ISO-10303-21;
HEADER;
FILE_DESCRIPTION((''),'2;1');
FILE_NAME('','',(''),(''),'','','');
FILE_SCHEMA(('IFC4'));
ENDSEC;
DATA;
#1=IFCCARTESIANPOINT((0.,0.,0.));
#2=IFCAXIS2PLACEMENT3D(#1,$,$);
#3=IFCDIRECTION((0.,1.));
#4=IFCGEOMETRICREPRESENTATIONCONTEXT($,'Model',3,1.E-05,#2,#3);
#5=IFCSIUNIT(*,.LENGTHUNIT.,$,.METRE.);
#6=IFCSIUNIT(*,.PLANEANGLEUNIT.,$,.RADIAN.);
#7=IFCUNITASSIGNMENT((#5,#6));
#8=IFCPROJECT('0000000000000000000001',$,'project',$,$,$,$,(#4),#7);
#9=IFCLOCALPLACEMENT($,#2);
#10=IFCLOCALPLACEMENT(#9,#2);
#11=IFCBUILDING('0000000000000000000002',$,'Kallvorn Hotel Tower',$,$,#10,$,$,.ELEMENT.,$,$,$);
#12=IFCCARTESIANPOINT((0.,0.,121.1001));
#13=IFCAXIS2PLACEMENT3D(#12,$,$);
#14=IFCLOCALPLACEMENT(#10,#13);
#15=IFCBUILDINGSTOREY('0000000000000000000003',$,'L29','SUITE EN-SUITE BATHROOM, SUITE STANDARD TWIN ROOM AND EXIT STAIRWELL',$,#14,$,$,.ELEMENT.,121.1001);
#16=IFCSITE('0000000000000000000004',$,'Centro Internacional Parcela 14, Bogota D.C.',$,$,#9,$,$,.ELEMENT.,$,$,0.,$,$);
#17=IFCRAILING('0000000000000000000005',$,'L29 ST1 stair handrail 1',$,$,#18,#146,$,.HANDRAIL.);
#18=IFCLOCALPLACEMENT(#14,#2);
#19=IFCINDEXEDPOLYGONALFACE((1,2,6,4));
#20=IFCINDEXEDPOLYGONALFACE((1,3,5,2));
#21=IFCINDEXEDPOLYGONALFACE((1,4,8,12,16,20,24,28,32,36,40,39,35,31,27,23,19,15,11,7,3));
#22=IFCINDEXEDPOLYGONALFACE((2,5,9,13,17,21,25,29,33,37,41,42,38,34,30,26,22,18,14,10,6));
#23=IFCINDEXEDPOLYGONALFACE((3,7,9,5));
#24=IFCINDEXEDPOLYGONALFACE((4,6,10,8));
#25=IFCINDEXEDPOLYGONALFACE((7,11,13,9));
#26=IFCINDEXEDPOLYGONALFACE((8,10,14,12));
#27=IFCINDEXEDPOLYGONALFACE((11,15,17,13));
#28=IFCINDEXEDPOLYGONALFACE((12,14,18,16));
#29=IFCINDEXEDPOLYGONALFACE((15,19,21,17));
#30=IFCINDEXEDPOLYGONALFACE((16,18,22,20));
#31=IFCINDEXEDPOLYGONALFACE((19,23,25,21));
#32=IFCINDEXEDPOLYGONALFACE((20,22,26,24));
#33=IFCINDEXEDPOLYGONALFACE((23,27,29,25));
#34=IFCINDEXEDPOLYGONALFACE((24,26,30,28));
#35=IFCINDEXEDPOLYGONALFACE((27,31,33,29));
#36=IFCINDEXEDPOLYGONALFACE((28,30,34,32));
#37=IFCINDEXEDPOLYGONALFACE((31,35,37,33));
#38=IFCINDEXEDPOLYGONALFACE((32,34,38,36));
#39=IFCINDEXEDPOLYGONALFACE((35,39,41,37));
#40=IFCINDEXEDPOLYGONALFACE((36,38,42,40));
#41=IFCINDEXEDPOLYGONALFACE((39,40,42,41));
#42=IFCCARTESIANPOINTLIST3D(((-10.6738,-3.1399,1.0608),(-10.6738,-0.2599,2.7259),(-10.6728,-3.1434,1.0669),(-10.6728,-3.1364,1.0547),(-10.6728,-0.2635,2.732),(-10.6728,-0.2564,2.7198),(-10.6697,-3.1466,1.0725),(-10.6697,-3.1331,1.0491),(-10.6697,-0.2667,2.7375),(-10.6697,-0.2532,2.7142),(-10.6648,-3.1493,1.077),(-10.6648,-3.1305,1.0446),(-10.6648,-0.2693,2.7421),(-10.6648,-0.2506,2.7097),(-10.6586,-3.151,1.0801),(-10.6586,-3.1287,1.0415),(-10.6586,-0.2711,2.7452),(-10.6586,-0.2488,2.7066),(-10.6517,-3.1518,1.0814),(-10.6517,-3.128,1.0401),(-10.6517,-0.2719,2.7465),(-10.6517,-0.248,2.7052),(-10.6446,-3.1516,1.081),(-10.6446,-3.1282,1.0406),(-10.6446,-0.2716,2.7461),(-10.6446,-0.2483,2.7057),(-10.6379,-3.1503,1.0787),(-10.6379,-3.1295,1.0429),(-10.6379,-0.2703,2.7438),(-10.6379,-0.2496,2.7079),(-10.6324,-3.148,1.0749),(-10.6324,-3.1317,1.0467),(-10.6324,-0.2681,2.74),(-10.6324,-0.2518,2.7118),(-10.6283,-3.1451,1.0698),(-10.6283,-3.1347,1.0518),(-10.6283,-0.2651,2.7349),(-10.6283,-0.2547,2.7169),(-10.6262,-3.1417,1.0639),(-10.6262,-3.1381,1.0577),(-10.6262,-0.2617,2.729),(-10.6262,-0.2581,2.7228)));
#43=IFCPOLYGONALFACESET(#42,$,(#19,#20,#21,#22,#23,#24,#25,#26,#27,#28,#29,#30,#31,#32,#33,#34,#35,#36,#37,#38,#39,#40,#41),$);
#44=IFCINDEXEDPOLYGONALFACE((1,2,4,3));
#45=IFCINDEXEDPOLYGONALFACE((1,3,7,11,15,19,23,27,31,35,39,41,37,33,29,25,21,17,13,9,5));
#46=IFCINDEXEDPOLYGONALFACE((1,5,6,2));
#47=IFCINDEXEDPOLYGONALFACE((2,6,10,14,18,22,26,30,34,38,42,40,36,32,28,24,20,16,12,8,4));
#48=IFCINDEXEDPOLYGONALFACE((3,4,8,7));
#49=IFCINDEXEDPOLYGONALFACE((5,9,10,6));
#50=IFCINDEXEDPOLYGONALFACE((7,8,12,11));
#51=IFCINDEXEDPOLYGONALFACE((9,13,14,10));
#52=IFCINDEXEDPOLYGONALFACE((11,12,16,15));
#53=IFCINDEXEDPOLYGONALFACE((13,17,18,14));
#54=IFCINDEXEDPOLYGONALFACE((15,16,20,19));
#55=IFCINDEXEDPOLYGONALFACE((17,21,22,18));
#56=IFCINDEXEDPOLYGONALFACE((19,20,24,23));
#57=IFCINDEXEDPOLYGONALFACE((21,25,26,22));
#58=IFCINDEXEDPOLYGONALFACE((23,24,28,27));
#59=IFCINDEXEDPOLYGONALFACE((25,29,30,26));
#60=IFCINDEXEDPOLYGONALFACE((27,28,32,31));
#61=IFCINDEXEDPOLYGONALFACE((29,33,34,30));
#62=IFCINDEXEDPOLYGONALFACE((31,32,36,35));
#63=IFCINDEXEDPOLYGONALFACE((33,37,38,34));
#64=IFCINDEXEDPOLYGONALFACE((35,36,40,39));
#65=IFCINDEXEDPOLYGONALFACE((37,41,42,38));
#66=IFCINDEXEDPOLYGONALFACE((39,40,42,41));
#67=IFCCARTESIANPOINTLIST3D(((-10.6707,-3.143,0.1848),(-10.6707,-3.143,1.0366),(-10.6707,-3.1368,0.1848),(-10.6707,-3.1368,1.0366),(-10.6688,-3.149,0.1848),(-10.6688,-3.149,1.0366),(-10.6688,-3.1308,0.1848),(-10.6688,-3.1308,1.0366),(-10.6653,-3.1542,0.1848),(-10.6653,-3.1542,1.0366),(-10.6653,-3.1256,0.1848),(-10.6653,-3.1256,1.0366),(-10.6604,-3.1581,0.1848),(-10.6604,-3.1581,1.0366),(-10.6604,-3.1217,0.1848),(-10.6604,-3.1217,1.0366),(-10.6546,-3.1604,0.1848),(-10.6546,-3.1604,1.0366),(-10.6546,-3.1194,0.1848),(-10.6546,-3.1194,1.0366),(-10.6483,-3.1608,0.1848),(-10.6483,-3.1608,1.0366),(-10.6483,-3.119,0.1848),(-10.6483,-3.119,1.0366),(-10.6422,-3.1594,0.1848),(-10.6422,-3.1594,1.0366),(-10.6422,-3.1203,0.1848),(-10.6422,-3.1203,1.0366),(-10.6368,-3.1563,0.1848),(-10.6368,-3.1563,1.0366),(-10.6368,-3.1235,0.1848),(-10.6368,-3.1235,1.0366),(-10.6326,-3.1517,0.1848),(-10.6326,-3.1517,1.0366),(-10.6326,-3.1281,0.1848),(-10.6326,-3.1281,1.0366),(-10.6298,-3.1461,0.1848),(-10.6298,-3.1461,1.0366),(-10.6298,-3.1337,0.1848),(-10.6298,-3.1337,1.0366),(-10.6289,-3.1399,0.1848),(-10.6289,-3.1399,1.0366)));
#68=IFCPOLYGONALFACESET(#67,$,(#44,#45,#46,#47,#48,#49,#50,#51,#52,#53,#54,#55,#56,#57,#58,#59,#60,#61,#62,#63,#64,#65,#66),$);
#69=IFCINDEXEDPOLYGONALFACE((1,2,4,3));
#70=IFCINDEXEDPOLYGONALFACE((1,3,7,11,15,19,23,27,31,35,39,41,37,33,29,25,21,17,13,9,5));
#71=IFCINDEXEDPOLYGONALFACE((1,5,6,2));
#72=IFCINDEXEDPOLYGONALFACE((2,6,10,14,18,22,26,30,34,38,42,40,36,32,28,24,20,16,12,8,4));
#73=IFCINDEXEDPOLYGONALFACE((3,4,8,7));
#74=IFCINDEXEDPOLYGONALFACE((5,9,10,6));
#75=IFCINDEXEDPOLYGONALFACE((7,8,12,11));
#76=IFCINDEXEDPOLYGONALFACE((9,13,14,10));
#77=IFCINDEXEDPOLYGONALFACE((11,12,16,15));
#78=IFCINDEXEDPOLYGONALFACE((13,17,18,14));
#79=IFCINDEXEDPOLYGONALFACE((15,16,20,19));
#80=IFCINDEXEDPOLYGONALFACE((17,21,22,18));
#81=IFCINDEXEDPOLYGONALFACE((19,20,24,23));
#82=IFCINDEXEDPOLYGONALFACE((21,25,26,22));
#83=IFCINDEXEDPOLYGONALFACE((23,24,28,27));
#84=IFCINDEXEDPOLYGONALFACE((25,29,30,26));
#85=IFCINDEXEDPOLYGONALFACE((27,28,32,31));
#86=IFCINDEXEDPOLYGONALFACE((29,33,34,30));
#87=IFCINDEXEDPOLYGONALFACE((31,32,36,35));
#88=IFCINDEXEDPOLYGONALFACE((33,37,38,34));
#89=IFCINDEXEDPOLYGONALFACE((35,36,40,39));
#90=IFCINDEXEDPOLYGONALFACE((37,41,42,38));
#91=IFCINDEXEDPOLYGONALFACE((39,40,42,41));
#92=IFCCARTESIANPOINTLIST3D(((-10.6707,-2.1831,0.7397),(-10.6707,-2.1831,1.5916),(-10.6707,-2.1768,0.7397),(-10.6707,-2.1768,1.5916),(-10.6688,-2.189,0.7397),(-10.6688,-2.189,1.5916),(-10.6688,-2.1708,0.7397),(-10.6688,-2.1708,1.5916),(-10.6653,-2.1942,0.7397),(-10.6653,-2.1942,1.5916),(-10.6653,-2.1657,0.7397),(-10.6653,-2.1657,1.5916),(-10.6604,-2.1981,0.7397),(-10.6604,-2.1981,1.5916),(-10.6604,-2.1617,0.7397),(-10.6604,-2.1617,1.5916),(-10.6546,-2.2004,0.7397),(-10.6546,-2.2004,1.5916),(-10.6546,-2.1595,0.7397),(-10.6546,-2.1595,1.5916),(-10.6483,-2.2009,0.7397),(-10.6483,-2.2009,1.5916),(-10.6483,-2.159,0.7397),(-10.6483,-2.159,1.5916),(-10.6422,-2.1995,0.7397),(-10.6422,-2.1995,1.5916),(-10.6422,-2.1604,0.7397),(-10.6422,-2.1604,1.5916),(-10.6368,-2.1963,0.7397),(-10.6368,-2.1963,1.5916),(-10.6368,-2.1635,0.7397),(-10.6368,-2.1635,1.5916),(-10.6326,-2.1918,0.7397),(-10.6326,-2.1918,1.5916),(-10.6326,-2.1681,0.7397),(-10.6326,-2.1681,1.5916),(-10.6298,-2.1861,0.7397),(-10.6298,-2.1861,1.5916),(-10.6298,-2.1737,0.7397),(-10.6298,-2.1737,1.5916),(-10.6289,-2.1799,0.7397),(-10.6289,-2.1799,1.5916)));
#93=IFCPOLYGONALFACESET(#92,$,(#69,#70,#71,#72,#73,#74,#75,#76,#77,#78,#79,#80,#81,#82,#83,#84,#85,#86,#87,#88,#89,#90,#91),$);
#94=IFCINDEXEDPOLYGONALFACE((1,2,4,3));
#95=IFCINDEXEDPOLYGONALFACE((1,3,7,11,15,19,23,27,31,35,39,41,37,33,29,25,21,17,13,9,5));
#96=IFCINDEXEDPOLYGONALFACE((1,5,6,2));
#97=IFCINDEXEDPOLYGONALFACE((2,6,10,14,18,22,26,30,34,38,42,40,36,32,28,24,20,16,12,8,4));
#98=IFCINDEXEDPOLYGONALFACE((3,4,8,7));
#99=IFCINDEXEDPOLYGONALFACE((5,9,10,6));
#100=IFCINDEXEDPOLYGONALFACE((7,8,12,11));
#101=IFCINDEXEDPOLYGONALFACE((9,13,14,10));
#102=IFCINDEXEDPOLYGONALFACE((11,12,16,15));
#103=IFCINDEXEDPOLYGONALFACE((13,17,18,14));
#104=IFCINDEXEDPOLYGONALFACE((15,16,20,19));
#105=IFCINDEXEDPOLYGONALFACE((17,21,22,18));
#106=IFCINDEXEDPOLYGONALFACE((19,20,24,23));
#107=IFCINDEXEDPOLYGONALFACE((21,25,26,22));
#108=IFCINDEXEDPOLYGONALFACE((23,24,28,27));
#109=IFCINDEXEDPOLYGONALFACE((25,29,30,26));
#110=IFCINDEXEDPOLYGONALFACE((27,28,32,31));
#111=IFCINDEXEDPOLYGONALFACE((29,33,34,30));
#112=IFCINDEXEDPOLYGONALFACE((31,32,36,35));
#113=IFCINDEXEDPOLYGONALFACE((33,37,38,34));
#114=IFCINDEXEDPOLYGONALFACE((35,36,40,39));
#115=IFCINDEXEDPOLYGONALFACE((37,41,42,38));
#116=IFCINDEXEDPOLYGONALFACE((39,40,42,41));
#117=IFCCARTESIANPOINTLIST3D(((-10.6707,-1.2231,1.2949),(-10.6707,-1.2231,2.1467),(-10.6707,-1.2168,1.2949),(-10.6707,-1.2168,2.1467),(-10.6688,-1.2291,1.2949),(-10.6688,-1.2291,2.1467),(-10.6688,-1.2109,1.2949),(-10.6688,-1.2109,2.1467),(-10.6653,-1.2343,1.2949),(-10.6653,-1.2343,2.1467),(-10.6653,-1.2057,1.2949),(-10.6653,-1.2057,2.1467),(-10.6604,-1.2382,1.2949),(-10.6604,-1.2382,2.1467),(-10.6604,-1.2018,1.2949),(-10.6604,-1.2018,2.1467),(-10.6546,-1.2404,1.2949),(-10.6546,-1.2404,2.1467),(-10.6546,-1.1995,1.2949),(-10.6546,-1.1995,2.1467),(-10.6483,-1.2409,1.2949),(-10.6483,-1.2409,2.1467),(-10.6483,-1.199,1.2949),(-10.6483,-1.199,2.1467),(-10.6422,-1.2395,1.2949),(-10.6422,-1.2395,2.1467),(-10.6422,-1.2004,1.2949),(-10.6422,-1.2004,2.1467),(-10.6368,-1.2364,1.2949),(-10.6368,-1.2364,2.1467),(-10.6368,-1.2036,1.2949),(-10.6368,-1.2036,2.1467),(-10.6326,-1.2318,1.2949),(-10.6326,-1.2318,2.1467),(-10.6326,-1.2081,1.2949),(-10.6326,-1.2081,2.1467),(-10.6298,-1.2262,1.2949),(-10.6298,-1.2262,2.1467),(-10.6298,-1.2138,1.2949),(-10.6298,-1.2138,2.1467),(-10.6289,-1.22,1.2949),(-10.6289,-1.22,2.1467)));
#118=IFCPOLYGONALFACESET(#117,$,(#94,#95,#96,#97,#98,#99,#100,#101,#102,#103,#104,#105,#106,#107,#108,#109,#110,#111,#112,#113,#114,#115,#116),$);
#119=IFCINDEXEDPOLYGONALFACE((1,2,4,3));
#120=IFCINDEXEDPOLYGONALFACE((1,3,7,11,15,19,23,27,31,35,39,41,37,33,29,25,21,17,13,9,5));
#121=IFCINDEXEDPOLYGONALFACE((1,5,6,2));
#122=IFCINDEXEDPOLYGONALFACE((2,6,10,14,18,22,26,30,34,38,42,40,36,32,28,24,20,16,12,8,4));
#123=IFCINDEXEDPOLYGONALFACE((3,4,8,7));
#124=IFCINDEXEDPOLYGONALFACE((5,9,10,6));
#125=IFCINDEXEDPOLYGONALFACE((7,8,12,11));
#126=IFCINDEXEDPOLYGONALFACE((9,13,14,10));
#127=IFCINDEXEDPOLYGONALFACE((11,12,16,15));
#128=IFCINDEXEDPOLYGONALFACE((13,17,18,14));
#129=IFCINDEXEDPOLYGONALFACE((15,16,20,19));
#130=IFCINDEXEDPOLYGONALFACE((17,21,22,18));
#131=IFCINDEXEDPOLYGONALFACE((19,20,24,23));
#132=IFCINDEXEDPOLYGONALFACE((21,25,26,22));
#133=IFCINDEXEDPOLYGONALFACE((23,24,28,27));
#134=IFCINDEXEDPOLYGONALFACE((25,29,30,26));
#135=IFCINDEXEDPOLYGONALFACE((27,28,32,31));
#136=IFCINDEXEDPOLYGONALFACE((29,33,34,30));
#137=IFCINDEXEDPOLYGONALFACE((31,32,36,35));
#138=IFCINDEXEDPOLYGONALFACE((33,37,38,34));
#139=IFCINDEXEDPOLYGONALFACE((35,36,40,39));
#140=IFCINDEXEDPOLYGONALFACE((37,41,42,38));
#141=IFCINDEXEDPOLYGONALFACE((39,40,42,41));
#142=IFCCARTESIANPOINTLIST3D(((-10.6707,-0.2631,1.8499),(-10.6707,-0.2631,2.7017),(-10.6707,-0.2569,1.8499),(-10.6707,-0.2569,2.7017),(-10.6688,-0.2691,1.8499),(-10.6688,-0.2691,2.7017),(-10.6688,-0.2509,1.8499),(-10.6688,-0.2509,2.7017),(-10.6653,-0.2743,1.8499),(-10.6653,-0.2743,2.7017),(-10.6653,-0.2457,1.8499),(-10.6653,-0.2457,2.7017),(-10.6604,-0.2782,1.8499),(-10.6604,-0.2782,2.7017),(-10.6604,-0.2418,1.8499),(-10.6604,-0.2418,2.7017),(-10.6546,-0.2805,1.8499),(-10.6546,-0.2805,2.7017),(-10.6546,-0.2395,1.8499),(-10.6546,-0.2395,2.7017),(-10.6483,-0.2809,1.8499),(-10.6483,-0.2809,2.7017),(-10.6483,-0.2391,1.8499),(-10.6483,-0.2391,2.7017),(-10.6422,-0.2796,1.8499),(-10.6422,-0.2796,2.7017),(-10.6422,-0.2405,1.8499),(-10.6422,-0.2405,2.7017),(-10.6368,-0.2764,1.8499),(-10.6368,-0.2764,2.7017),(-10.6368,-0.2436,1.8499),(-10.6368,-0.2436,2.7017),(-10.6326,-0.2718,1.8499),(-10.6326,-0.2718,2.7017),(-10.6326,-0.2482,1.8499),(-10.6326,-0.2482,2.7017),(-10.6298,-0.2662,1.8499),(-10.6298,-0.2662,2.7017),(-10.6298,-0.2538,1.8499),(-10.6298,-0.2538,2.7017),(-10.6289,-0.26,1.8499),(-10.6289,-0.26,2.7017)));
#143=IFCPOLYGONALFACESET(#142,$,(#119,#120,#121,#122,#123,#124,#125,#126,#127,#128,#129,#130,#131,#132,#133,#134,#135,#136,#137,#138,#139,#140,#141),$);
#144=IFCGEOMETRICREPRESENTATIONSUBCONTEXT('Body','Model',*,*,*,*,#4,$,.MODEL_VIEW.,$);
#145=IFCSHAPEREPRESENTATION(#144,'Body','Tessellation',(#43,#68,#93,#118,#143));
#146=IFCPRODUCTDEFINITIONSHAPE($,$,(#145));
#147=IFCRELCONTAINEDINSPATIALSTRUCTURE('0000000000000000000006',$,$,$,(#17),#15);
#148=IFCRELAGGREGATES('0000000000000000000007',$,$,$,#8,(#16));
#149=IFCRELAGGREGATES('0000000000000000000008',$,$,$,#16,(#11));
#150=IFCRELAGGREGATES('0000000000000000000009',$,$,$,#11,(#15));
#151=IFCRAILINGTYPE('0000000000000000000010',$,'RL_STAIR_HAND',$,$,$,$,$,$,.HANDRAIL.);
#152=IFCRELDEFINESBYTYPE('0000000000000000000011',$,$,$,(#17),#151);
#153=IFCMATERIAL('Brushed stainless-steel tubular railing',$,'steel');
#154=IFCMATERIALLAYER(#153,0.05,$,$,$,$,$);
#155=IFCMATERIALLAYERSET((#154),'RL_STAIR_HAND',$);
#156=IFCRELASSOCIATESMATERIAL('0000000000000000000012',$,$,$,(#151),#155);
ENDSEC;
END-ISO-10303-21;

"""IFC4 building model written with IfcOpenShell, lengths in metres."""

from ifc_helpers import new_model, si_unit, direction, frame, origin, origin_2d, place, context, subcontext, project, spatial, circle, extrude, material, layer, layer_set, type_object, element, save


model = new_model("IFC4")

# Units and contexts
model_context = context("Model", 3, precision=1e-05, world=origin(), true_north=direction((0.0, 1.0)))
body_context = subcontext(model_context, "Body", "Model", "MODEL_VIEW")
ifc_project = project(units=[si_unit("LENGTHUNIT", "METRE"), si_unit("PLANEANGLEUNIT", "RADIAN")], contexts=[model_context])

# Site, building, storey
site_placement = place(None, origin())
site = spatial("IfcSite", under=ifc_project, at=site_placement, Name="Centro Internacional Parcela 14, Bogota D.C.", CompositionType="ELEMENT", RefElevation=0.0)
building_placement = place(site_placement, origin())
building = spatial("IfcBuilding", under=site, at=building_placement, Name="Kallvorn Hotel Tower", CompositionType="ELEMENT")
storey_placement = place(building_placement, frame((0.0, 0.0, 121.1001)))
storey = spatial("IfcBuildingStorey", under=building, at=storey_placement, Name="L29", Description="SUITE EN-SUITE BATHROOM, SUITE STANDARD TWIN ROOM AND EXIT STAIRWELL", CompositionType="ELEMENT", Elevation=121.1001)

# Railing
ifc_material_1 = material(Name="Brushed stainless-steel tubular railing", Category="steel")
ifc_layer_1 = layer(ifc_material_1, 0.05)
ifc_layer_set_1 = layer_set([ifc_layer_1], Name="RL_STAIR_HAND")
railing_type_1 = type_object("IfcRailingType", Name="RL_STAIR_HAND", PredefinedType="HANDRAIL", material=ifc_layer_set_1)
railing_1_placement = place(storey_placement, frame((-10.6499, -3.1399, 0.1848)))
element("IfcRailing", 1, at=railing_1_placement, inside=storey, type_object=railing_type_1, Name="L29 ST1 stair handrail 1", PredefinedType="HANDRAIL", context=body_context, shape_type="SweptSolid", body=[
    extrude(circle(Radius=0.0239, at=origin_2d()), frame((0.0, 0.0, 0.876), z_axis=(0.0, 0.865721, 0.500527), x_axis=(-1.0, 0.0, 0.0)), (0.0, 0.0, 1.0), 3.3267),
    extrude(circle(Radius=0.021, at=origin_2d()), origin(), (0.0, 0.0, 1.0), 0.8518),
    extrude(circle(Radius=0.021, at=origin_2d()), frame((0.0, 0.96, 0.5549)), (0.0, 0.0, 1.0), 0.8518),
    extrude(circle(Radius=0.021, at=origin_2d()), frame((0.0, 1.9199, 1.1101)), (0.0, 0.0, 1.0), 0.8518),
    extrude(circle(Radius=0.021, at=origin_2d()), frame((0.0, 2.8799, 1.665)), (0.0, 0.0, 1.0), 0.8518),
])

save(model, "model.ifc")
